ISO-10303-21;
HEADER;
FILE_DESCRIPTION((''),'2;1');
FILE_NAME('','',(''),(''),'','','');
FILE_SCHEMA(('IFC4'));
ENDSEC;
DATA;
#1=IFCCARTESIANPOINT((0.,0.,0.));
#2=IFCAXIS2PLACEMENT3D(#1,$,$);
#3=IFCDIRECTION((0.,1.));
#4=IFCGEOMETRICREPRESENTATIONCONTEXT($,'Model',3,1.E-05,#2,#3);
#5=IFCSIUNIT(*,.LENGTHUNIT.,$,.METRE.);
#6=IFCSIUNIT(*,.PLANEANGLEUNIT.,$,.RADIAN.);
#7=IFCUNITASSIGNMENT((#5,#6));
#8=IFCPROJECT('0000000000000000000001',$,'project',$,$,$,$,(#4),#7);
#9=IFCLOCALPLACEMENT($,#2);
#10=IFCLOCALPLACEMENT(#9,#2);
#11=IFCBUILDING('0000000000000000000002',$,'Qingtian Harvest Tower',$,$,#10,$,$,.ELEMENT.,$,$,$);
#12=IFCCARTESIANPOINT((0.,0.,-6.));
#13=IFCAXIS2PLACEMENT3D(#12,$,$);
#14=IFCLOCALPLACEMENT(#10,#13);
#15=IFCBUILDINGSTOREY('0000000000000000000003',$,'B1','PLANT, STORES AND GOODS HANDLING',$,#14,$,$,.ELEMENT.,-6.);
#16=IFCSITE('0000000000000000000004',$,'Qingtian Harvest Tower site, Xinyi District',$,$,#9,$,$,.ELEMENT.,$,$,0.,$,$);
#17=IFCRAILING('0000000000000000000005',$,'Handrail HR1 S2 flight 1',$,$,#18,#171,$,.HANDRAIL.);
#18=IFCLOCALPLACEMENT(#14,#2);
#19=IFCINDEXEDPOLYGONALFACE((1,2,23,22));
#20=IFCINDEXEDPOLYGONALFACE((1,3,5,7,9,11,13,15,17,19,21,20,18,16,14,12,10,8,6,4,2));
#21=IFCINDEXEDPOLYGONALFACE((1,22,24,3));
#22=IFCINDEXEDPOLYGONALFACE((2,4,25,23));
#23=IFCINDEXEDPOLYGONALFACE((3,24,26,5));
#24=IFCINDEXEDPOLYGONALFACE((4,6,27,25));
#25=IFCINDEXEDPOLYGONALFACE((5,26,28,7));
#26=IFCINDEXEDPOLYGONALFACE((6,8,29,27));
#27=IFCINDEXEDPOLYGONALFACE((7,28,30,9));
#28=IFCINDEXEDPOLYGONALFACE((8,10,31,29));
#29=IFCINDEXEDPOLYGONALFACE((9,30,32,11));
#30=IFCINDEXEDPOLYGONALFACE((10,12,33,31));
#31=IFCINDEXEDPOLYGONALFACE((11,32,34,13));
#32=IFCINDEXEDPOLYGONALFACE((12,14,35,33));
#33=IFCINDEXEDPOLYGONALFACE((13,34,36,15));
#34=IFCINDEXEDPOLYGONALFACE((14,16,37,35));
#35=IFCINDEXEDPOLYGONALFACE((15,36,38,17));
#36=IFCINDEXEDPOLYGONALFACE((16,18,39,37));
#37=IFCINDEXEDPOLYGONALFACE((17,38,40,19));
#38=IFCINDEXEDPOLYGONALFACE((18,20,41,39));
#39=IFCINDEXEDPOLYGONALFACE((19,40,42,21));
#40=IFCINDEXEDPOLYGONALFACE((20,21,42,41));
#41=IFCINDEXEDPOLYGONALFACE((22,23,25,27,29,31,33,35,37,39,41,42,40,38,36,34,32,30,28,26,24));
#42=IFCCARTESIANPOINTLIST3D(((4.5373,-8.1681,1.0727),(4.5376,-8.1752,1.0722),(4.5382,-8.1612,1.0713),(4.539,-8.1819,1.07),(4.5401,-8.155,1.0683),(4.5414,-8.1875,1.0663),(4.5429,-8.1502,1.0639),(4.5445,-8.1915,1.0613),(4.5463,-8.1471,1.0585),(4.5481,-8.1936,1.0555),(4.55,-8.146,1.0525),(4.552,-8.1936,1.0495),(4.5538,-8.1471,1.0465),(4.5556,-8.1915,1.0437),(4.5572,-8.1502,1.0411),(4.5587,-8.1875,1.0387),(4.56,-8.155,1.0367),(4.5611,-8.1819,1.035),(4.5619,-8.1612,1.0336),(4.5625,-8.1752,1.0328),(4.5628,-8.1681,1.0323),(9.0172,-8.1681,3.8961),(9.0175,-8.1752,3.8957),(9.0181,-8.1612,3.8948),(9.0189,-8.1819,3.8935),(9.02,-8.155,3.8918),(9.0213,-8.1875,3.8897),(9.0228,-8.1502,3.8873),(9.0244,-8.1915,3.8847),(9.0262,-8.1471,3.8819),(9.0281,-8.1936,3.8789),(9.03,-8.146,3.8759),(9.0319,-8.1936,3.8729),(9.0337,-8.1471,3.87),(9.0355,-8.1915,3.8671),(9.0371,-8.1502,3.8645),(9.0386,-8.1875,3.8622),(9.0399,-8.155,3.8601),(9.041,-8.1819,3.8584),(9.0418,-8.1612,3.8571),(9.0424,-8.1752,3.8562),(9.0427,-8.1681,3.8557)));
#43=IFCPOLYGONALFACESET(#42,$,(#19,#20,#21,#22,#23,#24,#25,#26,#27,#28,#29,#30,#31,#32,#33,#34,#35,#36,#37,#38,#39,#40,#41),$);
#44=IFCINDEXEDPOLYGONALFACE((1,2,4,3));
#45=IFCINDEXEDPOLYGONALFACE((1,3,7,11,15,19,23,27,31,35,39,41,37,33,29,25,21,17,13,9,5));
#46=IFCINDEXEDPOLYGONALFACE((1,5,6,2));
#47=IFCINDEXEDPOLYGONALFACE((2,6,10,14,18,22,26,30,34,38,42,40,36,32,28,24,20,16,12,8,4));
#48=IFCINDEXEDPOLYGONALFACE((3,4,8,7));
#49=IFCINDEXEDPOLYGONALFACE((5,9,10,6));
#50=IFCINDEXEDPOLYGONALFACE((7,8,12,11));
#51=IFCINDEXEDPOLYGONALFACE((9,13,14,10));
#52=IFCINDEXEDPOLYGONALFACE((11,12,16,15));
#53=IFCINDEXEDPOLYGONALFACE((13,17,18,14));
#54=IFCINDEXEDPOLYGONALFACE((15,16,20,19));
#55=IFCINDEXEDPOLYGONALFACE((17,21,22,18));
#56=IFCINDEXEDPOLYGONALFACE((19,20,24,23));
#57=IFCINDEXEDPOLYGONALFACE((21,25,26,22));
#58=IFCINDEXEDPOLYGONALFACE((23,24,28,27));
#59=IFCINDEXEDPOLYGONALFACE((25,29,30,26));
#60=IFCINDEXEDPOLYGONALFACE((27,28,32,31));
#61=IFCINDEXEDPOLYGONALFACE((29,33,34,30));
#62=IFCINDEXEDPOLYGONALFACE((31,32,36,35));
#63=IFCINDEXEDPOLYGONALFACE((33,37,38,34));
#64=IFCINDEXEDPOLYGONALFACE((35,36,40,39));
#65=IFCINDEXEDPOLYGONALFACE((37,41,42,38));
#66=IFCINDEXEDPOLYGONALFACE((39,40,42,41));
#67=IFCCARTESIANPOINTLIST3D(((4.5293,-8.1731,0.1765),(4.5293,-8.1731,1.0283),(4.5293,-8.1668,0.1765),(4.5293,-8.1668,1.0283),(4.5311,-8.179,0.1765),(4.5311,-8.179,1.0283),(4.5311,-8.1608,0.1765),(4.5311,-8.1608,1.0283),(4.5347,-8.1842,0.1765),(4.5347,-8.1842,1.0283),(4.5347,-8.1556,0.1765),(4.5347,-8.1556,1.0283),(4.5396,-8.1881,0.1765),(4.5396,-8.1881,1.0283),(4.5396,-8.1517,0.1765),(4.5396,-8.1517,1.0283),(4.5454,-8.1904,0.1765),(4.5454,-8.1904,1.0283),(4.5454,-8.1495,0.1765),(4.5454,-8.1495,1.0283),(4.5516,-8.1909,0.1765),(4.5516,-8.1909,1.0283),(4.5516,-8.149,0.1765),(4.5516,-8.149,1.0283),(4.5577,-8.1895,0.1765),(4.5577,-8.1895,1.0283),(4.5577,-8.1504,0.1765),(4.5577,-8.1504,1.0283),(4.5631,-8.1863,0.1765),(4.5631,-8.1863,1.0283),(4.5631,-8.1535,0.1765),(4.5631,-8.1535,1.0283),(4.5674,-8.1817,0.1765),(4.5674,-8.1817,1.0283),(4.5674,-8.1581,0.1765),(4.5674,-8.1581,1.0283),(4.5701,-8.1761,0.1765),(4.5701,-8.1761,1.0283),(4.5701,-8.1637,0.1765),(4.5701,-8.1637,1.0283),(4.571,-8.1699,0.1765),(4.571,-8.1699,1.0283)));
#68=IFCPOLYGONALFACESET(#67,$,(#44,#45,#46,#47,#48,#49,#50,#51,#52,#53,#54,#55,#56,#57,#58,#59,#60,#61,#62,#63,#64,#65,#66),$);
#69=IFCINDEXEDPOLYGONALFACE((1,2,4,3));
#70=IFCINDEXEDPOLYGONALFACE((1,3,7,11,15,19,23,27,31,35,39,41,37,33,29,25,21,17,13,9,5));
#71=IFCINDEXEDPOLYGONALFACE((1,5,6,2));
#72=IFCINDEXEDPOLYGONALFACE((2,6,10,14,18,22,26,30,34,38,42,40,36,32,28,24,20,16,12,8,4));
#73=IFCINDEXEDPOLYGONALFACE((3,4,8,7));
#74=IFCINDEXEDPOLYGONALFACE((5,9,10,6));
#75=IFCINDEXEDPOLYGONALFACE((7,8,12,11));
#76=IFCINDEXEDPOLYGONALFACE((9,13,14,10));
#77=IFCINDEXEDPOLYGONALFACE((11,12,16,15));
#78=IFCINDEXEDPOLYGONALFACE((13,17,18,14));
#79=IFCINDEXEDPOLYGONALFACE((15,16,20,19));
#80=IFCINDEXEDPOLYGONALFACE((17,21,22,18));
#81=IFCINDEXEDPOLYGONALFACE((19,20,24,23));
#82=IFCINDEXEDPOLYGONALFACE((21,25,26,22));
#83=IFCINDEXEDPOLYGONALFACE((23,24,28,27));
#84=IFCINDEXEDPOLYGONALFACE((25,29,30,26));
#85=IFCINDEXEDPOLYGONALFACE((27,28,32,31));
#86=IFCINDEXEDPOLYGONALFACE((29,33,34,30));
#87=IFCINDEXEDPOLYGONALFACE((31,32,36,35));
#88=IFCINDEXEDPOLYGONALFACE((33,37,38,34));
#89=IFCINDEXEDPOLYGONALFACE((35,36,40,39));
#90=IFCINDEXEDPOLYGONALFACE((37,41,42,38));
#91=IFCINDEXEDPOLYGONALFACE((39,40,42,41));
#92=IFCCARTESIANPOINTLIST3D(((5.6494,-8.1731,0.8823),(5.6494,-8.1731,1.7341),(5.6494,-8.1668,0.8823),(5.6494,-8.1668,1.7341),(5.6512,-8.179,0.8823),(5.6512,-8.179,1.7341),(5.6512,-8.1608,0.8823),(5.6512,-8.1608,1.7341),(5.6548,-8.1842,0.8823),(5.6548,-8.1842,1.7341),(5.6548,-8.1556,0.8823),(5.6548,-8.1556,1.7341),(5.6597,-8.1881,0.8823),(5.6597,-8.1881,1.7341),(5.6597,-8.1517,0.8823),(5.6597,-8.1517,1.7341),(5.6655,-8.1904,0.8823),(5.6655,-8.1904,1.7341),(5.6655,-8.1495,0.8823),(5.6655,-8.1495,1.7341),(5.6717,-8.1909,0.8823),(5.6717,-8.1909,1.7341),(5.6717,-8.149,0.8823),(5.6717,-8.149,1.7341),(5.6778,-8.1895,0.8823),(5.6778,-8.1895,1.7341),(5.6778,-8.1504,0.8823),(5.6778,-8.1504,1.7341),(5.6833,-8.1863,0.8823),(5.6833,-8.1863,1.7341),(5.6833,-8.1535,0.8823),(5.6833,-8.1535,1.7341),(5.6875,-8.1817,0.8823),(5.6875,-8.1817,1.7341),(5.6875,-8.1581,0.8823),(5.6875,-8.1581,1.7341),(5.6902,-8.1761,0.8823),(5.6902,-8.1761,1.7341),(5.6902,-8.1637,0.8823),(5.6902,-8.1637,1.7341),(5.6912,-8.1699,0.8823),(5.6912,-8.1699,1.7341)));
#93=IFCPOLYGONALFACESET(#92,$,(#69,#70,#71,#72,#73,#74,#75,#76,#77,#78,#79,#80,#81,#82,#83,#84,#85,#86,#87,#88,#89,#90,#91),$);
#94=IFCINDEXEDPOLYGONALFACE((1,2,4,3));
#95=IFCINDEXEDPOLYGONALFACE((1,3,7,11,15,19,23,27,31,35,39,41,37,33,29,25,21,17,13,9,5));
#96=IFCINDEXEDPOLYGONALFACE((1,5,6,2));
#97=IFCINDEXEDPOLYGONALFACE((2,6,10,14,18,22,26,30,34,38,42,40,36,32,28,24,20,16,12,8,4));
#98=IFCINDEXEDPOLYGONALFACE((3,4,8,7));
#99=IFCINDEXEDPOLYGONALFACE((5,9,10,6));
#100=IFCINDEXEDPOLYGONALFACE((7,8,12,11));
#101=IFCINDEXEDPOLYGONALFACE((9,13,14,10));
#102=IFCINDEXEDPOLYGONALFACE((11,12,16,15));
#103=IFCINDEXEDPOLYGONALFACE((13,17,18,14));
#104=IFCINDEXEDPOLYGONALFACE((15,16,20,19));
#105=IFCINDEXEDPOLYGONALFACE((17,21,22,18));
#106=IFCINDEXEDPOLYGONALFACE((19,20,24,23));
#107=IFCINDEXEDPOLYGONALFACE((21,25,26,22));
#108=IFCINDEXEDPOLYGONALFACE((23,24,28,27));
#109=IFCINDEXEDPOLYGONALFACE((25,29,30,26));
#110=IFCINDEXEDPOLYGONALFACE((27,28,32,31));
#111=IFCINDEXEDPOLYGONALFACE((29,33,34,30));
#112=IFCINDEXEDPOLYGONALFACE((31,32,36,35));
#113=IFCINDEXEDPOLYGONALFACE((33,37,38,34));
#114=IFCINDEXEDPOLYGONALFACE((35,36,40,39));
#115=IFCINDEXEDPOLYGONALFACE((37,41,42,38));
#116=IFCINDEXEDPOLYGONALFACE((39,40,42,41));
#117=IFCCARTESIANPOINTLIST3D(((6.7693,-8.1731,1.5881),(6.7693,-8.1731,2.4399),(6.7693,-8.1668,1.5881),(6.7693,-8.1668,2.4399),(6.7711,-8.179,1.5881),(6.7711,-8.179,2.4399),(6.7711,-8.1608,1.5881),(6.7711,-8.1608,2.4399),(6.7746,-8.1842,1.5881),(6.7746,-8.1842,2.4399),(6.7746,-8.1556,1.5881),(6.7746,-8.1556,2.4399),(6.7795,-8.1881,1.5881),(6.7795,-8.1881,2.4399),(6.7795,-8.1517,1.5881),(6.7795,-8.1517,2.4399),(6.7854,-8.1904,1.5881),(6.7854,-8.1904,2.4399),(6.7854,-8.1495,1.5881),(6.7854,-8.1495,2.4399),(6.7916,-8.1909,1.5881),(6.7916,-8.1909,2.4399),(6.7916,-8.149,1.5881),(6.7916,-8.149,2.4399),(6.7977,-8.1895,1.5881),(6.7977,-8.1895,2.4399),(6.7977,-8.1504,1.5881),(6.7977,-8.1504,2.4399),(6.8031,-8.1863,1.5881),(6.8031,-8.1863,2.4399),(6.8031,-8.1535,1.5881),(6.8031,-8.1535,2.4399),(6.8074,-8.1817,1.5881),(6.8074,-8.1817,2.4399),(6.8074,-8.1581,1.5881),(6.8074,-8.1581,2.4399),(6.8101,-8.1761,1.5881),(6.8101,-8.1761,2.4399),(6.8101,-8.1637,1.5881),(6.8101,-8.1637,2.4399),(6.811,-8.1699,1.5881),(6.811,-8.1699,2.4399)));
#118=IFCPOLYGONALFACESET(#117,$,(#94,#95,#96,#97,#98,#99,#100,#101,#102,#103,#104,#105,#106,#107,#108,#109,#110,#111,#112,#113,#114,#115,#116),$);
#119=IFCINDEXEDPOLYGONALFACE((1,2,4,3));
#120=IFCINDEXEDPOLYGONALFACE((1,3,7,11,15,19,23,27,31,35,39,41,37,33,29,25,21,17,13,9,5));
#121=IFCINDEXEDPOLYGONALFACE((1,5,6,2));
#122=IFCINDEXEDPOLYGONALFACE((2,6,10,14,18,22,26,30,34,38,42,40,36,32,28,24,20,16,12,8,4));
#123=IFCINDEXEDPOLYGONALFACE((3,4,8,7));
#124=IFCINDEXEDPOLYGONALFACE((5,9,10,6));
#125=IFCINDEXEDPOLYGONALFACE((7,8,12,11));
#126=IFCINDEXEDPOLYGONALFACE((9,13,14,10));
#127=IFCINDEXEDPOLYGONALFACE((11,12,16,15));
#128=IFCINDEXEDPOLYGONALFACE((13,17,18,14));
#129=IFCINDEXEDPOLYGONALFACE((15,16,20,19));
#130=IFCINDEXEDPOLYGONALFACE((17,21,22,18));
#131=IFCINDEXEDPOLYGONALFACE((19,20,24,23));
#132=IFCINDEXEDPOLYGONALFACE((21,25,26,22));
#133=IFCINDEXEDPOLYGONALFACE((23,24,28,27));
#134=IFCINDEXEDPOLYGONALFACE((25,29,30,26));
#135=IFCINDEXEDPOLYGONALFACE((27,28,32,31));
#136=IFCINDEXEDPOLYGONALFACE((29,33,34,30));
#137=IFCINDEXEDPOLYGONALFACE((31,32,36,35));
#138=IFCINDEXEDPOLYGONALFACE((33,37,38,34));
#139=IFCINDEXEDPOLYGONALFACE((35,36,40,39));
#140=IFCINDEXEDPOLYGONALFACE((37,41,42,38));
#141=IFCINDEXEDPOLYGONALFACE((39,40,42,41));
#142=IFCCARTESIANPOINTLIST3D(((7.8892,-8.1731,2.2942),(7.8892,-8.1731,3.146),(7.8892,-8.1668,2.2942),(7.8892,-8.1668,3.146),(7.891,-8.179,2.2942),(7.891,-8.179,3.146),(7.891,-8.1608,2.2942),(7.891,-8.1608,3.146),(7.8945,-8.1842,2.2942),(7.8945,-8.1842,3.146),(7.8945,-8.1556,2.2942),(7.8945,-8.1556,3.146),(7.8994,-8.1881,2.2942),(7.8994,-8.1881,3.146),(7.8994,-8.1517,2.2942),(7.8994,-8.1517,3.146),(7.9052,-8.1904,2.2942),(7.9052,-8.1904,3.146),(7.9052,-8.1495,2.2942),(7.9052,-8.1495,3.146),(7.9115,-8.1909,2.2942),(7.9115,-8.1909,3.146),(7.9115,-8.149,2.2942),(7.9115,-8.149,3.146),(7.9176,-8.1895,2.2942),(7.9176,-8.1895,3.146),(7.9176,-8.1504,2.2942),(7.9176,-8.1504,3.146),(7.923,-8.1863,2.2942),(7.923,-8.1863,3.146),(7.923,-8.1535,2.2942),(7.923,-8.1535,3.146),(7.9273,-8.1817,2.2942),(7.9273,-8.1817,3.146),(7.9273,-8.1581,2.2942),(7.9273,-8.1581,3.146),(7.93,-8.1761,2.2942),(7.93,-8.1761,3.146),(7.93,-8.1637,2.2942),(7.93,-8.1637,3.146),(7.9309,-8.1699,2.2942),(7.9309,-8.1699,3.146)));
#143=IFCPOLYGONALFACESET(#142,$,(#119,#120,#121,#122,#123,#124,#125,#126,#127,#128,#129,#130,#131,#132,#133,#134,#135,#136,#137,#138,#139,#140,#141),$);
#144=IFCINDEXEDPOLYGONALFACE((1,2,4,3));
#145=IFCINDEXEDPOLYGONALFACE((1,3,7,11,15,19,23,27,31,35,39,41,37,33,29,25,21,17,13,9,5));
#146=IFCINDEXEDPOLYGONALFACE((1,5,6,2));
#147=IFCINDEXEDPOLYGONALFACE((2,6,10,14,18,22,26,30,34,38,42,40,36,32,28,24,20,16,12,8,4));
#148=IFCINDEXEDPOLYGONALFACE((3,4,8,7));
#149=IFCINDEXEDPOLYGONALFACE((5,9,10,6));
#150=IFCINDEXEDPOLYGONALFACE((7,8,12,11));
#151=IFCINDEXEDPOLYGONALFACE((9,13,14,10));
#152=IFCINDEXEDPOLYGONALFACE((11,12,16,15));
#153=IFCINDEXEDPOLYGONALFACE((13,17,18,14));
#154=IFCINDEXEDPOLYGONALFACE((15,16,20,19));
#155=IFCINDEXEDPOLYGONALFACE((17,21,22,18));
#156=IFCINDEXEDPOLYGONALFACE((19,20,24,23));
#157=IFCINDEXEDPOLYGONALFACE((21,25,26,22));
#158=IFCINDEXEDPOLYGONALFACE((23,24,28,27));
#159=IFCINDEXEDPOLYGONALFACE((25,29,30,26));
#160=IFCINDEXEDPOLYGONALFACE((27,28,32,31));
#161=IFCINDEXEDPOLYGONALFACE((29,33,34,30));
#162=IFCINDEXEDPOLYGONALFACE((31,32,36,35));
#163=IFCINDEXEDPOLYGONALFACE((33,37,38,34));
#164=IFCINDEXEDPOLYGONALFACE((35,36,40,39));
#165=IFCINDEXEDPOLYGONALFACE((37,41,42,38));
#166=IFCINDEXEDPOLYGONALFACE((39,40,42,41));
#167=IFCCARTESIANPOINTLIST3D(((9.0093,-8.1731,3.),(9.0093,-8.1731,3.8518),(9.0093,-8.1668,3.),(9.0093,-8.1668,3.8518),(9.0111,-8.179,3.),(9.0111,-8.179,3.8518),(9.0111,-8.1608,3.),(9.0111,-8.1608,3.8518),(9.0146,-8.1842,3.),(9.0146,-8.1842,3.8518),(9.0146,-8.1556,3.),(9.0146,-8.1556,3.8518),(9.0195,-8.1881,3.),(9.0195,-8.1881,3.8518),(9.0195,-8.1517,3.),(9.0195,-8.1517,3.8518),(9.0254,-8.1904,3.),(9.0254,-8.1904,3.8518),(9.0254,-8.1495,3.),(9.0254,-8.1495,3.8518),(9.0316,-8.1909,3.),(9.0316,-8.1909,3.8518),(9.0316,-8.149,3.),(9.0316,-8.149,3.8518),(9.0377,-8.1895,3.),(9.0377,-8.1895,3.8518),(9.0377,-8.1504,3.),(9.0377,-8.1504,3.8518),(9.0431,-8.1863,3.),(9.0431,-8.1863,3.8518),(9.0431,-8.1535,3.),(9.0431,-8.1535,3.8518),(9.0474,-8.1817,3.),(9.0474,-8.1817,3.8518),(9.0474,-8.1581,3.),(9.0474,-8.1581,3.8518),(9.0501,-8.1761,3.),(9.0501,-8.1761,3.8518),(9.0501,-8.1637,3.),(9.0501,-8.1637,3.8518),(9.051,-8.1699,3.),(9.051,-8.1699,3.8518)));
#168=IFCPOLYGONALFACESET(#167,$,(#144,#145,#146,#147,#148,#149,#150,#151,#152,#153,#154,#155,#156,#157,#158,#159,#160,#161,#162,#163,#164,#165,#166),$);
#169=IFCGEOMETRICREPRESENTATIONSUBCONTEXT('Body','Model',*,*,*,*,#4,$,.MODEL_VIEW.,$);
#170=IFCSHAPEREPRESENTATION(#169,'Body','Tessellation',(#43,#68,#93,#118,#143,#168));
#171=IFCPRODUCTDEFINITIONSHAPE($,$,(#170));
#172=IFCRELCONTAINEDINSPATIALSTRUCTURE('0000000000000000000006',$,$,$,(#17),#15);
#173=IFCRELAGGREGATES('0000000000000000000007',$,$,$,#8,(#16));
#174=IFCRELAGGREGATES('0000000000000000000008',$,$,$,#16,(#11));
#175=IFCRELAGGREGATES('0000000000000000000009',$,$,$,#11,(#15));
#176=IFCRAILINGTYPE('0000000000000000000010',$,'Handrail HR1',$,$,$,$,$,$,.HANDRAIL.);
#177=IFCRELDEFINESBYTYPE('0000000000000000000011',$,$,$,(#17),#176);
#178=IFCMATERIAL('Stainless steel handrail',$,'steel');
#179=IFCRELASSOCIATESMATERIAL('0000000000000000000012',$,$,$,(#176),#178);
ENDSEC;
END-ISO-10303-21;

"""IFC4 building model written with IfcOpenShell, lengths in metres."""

from ifc_helpers import new_model, si_unit, direction, frame, origin, origin_2d, place, context, subcontext, project, spatial, circle, extrude, material, type_object, element, save


model = new_model("IFC4")

# Units and contexts
model_context = context("Model", 3, precision=1e-05, world=origin(), true_north=direction((0.0, 1.0)))
body_context = subcontext(model_context, "Body", "Model", "MODEL_VIEW")
ifc_project = project(units=[si_unit("LENGTHUNIT", "METRE"), si_unit("PLANEANGLEUNIT", "RADIAN")], contexts=[model_context])

# Site, building, storey
site_placement = place(None, origin())
site = spatial("IfcSite", under=ifc_project, at=site_placement, Name="Qingtian Harvest Tower site, Xinyi District", CompositionType="ELEMENT", RefElevation=0.0)
building_placement = place(site_placement, origin())
building = spatial("IfcBuilding", under=site, at=building_placement, Name="Qingtian Harvest Tower", CompositionType="ELEMENT")
storey_placement = place(building_placement, frame((0.0, 0.0, -6.0)))
storey = spatial("IfcBuildingStorey", under=building, at=storey_placement, Name="B1", Description="PLANT, STORES AND GOODS HANDLING", CompositionType="ELEMENT", Elevation=-6.0)

# Railing
ifc_material_1 = material(Name="Stainless steel handrail", Category="steel")
railing_type = type_object("IfcRailingType", Name="Handrail HR1", PredefinedType="HANDRAIL", material=ifc_material_1)
railing_placement = place(storey_placement, frame((4.55, -8.1699, 0.1765)))
element("IfcRailing", 1, at=railing_placement, inside=storey, type_object=railing_type, Name="Handrail HR1 S2 flight 1", PredefinedType="HANDRAIL", context=body_context, shape_type="SweptSolid", body=[
    extrude(circle(Radius=0.0239, at=origin_2d()), frame((0.0, 0.0, 0.876), z_axis=(0.845998, 0.0, 0.533186), x_axis=(0.0, 1.0, 0.0)), (0.0, 0.0, 1.0), 5.2954),
    extrude(circle(Radius=0.021, at=origin_2d()), origin(), (0.0, 0.0, 1.0), 0.8518),
    extrude(circle(Radius=0.021, at=origin_2d()), frame((1.1201, 0.0, 0.7058)), (0.0, 0.0, 1.0), 0.8518),
    extrude(circle(Radius=0.021, at=origin_2d()), frame((2.24, 0.0, 1.4116)), (0.0, 0.0, 1.0), 0.8518),
    extrude(circle(Radius=0.021, at=origin_2d()), frame((3.3599, 0.0, 2.1177)), (0.0, 0.0, 1.0), 0.8518),
    extrude(circle(Radius=0.021, at=origin_2d()), frame((4.48, 0.0, 2.8235)), (0.0, 0.0, 1.0), 0.8518),
])

save(model, "model.ifc")
